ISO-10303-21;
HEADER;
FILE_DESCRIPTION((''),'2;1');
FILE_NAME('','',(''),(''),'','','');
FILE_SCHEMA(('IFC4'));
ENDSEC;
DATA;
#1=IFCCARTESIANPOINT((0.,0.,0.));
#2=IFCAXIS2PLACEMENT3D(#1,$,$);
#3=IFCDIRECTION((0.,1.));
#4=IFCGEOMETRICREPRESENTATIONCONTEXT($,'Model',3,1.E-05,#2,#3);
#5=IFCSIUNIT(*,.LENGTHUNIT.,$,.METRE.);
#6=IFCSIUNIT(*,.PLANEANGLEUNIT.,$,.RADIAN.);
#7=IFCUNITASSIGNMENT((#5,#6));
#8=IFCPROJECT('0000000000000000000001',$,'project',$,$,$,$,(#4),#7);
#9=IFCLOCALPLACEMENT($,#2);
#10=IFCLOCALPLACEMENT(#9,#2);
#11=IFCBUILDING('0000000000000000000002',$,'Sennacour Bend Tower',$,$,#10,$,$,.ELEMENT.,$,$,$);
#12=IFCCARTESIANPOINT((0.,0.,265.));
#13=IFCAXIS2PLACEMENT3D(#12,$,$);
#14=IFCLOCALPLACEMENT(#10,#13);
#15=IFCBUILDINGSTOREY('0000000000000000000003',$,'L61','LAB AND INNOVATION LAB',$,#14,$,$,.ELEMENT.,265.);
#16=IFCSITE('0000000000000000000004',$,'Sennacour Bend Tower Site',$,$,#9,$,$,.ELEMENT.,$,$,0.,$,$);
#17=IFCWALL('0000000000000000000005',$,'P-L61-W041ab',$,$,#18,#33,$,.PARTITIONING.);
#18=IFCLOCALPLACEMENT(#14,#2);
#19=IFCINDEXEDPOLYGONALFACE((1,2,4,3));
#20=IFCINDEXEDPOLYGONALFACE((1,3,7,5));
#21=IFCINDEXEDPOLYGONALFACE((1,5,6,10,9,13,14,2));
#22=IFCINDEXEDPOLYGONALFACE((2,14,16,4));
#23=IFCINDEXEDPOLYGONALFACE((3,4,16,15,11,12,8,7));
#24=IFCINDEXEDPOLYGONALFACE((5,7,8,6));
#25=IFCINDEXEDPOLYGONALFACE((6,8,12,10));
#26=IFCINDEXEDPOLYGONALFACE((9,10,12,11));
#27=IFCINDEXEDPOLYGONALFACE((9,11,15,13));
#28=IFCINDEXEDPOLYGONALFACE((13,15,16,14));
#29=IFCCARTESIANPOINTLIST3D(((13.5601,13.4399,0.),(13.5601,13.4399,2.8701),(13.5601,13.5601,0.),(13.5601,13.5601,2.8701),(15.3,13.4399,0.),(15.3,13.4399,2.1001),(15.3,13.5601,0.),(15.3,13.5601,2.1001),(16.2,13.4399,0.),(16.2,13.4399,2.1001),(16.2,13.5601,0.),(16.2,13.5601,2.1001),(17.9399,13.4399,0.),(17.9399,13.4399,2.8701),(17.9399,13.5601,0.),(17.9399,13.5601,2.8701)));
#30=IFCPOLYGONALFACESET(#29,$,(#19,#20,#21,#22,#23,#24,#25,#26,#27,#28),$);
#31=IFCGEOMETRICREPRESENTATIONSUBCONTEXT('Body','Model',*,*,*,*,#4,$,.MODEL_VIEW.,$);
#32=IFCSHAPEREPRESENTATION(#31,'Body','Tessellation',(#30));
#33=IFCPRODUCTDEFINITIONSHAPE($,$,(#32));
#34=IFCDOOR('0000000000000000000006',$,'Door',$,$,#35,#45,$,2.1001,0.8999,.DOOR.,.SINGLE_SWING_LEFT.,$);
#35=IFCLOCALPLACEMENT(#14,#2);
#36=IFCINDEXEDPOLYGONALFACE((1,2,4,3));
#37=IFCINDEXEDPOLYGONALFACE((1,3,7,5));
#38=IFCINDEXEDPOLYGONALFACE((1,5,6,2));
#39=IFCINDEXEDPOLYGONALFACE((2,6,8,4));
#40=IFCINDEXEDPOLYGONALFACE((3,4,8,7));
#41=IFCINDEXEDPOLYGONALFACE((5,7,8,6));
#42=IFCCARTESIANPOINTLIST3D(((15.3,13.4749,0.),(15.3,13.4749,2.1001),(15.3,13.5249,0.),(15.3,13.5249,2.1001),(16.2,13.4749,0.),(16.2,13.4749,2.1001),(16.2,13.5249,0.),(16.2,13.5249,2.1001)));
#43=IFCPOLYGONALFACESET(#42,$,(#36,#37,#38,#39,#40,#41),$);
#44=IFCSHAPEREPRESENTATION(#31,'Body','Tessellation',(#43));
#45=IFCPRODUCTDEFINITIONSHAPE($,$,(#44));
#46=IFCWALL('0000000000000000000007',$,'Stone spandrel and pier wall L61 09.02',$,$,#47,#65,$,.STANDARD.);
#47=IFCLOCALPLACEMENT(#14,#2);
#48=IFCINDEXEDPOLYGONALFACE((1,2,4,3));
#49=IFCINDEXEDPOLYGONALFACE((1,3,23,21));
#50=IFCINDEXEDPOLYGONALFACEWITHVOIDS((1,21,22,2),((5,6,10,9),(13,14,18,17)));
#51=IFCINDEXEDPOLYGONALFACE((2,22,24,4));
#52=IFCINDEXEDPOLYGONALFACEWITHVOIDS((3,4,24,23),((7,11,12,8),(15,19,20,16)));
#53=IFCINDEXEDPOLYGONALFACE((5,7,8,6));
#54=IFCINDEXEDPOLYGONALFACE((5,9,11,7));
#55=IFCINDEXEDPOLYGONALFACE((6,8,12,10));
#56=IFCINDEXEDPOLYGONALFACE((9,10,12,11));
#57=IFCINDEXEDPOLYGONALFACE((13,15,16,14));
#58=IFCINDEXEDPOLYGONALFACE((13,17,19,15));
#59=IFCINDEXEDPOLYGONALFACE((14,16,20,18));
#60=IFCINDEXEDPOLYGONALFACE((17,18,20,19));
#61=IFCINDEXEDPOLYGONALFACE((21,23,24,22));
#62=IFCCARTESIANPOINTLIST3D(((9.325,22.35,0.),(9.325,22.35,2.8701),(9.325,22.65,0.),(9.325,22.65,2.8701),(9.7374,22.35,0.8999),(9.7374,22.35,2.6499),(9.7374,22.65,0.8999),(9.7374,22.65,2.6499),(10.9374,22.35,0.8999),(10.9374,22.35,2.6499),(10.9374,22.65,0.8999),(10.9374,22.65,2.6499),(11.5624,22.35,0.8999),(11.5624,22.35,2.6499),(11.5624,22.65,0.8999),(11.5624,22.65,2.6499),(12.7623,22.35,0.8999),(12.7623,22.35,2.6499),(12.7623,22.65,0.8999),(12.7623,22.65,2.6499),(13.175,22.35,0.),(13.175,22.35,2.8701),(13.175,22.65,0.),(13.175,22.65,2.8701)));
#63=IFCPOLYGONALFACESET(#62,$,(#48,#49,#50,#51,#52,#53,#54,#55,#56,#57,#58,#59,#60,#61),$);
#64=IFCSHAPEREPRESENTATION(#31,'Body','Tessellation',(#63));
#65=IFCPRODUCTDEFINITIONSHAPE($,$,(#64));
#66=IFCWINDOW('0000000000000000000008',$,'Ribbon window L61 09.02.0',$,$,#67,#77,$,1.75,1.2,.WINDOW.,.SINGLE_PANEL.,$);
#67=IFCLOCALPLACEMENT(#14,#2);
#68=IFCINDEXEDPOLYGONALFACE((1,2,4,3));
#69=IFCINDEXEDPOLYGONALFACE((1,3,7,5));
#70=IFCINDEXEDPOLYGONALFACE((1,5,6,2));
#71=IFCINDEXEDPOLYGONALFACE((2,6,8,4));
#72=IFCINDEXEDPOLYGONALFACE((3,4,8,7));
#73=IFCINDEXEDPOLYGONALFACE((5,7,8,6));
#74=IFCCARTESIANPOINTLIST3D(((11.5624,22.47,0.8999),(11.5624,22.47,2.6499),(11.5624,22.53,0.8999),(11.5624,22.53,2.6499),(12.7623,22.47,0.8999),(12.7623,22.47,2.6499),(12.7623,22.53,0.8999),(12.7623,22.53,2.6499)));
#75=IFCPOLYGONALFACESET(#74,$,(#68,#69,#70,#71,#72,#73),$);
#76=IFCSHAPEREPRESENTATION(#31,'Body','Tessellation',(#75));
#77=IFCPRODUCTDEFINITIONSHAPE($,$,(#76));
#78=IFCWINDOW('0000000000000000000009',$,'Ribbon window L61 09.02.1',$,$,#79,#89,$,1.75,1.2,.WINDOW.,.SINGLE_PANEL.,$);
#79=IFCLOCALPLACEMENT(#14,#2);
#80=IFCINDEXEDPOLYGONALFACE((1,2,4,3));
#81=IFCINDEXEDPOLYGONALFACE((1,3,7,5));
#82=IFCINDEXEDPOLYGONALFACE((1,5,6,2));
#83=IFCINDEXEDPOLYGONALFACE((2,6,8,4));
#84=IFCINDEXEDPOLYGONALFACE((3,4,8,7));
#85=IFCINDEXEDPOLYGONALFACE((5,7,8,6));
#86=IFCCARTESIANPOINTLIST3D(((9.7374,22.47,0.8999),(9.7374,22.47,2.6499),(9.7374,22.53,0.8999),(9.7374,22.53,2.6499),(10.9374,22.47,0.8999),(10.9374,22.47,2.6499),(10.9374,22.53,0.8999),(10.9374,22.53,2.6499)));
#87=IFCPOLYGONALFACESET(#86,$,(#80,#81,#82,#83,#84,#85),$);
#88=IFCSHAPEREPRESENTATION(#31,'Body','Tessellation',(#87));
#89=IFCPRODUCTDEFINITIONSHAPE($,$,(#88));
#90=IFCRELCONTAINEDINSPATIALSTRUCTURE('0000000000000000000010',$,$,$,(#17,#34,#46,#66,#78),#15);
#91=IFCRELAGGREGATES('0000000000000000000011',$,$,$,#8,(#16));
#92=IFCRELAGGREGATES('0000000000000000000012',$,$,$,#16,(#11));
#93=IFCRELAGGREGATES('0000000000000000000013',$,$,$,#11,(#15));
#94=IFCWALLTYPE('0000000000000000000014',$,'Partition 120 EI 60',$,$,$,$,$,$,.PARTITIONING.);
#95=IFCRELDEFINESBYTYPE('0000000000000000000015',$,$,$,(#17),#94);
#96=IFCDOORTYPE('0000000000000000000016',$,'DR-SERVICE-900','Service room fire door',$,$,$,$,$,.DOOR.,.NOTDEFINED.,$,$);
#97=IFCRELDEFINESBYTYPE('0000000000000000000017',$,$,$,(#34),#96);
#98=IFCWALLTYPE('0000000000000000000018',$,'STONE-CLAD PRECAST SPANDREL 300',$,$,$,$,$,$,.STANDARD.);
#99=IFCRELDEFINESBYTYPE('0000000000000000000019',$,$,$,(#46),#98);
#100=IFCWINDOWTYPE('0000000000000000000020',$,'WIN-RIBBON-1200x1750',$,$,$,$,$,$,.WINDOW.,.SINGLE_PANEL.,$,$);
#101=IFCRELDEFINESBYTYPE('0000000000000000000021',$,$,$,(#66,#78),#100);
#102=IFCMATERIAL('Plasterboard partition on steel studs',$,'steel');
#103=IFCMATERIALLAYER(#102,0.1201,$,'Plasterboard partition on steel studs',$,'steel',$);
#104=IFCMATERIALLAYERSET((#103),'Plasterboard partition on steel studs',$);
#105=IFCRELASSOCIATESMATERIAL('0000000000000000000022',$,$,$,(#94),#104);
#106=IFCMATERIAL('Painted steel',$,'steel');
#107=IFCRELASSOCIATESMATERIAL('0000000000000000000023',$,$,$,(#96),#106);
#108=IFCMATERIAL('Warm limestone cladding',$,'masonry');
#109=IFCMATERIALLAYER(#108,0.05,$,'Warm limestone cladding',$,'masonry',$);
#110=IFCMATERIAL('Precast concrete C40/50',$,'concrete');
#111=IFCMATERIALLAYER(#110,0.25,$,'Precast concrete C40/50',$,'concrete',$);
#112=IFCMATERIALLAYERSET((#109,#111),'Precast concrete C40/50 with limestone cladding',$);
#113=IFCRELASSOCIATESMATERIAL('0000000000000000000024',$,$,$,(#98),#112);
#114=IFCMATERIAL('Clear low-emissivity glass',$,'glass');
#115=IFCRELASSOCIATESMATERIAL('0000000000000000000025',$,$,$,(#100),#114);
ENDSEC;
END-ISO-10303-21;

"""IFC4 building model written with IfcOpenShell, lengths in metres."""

from ifc_helpers import new_model, si_unit, direction, frame, frame_2d, origin, place, context, subcontext, project, spatial, rectangle, extrude, material, layer, layer_set, type_object, element, fill, save


model = new_model("IFC4")

# Units and contexts
model_context = context("Model", 3, precision=1e-05, world=origin(), true_north=direction((0.0, 1.0)))
body_context = subcontext(model_context, "Body", "Model", "MODEL_VIEW")
ifc_project = project(units=[si_unit("LENGTHUNIT", "METRE"), si_unit("PLANEANGLEUNIT", "RADIAN")], contexts=[model_context])

# Site, building, storey
site_placement = place(None, origin())
site = spatial("IfcSite", under=ifc_project, at=site_placement, Name="Sennacour Bend Tower Site", CompositionType="ELEMENT", RefElevation=0.0)
building_placement = place(site_placement, origin())
building = spatial("IfcBuilding", under=site, at=building_placement, Name="Sennacour Bend Tower", CompositionType="ELEMENT")
storey_placement = place(building_placement, frame((0.0, 0.0, 265.0)))
storey = spatial("IfcBuildingStorey", under=building, at=storey_placement, Name="L61", Description="LAB AND INNOVATION LAB", CompositionType="ELEMENT", Elevation=265.0)

# Shared definitions
ifc_material_1 = material(Name="Plasterboard partition on steel studs", Category="steel")

# Wall, opening, door
ifc_layer_1 = layer(ifc_material_1, 0.1201, Name="Plasterboard partition on steel studs", Category="steel")
ifc_layer_set_1 = layer_set([ifc_layer_1], Name="Plasterboard partition on steel studs")
wall_type_1 = type_object("IfcWallType", Name="Partition 120 EI 60", PredefinedType="PARTITIONING", material=ifc_layer_set_1)
ifc_material_2 = material(Name="Painted steel", Category="steel")
door_type_1 = type_object("IfcDoorType", Name="DR-SERVICE-900", Description="Service room fire door", OperationType="NOTDEFINED", PredefinedType="DOOR", material=ifc_material_2)
wall_1_placement = place(storey_placement, frame((13.5601, 13.5, 0.0), z_axis=(0.0, 0.0, 1.0), x_axis=(1.0, 0.0, 0.0)))
wall_1 = element("IfcWall", 1, at=wall_1_placement, inside=storey, type_object=wall_type_1, Name="P-L61-W041ab", PredefinedType="PARTITIONING", context=body_context, shape_type="SweptSolid", body=[
    extrude(rectangle(XDim=4.3799, YDim=0.1201, at=frame_2d((2.1899, 0.0))), origin(), (0.0, 0.0, 1.0), 2.8701),
])
opening_1_placement = place(wall_1_placement, frame((1.74, 0.0, 0.0)))
opening_1 = element("IfcOpeningElement", 2, at=opening_1_placement, cuts=wall_1, PredefinedType="OPENING", context=body_context, shape_type="SweptSolid", body=[
    extrude(rectangle(XDim=0.8999, YDim=2.1001, at=frame_2d((0.45, 1.05))), frame((0.0, 0.0701, 0.0), z_axis=(0.0, -1.0, 0.0), x_axis=(1.0, 0.0, 0.0)), (0.0, 0.0, 1.0), 0.1401),
])
door_1_placement = place(opening_1_placement, origin())
door_1 = element("IfcDoor", 3, at=door_1_placement, inside=storey, type_object=door_type_1, Name="Door", OperationType="SINGLE_SWING_LEFT", OverallHeight=2.1001, OverallWidth=0.8999, PredefinedType="DOOR", context=body_context, shape_type="SweptSolid", body=[
    extrude(rectangle(XDim=0.8999, YDim=2.1001, at=frame_2d((0.45, 1.05))), frame((0.0, 0.0249, 0.0), z_axis=(0.0, -1.0, 0.0), x_axis=(1.0, 0.0, 0.0)), (0.0, 0.0, 1.0), 0.05),
])
fill(opening_1, door_1)

# Wall, openings, windows
ifc_material_3 = material(Name="Warm limestone cladding", Category="masonry")
ifc_layer_2 = layer(ifc_material_3, 0.05, Name="Warm limestone cladding", Category="masonry")
ifc_material_4 = material(Name="Precast concrete C40/50", Category="concrete")
ifc_layer_3 = layer(ifc_material_4, 0.25, Name="Precast concrete C40/50", Category="concrete")
ifc_layer_set_2 = layer_set([ifc_layer_2, ifc_layer_3], Name="Precast concrete C40/50 with limestone cladding")
wall_type_2 = type_object("IfcWallType", Name="STONE-CLAD PRECAST SPANDREL 300", PredefinedType="STANDARD", material=ifc_layer_set_2)
wall_2_placement = place(storey_placement, frame((13.175, 22.5, 0.0), z_axis=(0.0, 0.0, 1.0), x_axis=(-1.0, 0.0, 0.0)))
wall_2 = element("IfcWall", 4, at=wall_2_placement, inside=storey, type_object=wall_type_2, Name="Stone spandrel and pier wall L61 09.02", PredefinedType="STANDARD", context=body_context, shape_type="SweptSolid", body=[
    extrude(rectangle(XDim=3.8501, YDim=0.3, at=frame_2d((1.925, 0.0))), origin(), (0.0, 0.0, 1.0), 2.8701),
])
opening_2_placement = place(wall_2_placement, frame((0.4126, 0.0, 0.8999)))
opening_2 = element("IfcOpeningElement", 5, at=opening_2_placement, cuts=wall_2, PredefinedType="OPENING", context=body_context, shape_type="SweptSolid", body=[
    extrude(rectangle(XDim=1.2, YDim=1.75, at=frame_2d((0.6001, 0.875))), frame((0.0, 0.1602, 0.0), z_axis=(0.0, -1.0, 0.0), x_axis=(1.0, 0.0, 0.0)), (0.0, 0.0, 1.0), 0.3201),
])
opening_3_placement = place(wall_2_placement, frame((2.2375, 0.0, 0.8999)))
opening_3 = element("IfcOpeningElement", 6, at=opening_3_placement, cuts=wall_2, PredefinedType="OPENING", context=body_context, shape_type="SweptSolid", body=[
    extrude(rectangle(XDim=1.2, YDim=1.75, at=frame_2d((0.6001, 0.875))), frame((0.0, 0.1602, 0.0), z_axis=(0.0, -1.0, 0.0), x_axis=(1.0, 0.0, 0.0)), (0.0, 0.0, 1.0), 0.3201),
])
ifc_material_5 = material(Name="Clear low-emissivity glass", Category="glass")
window_type = type_object("IfcWindowType", Name="WIN-RIBBON-1200x1750", PartitioningType="SINGLE_PANEL", PredefinedType="WINDOW", material=ifc_material_5)
window_1_placement = place(opening_2_placement, origin())
window_1 = element("IfcWindow", 7, at=window_1_placement, inside=storey, type_object=window_type, Name="Ribbon window L61 09.02.0", OverallHeight=1.75, OverallWidth=1.2, PartitioningType="SINGLE_PANEL", PredefinedType="WINDOW", context=body_context, shape_type="SweptSolid", body=[
    extrude(rectangle(XDim=1.2, YDim=1.75, at=frame_2d((0.6001, 0.875))), frame((0.0, 0.03, 0.0), z_axis=(0.0, -1.0, 0.0), x_axis=(1.0, 0.0, 0.0)), (0.0, 0.0, 1.0), 0.0601),
])
fill(opening_2, window_1)
window_2_placement = place(opening_3_placement, origin())
window_2 = element("IfcWindow", 8, at=window_2_placement, inside=storey, type_object=window_type, Name="Ribbon window L61 09.02.1", OverallHeight=1.75, OverallWidth=1.2, PartitioningType="SINGLE_PANEL", PredefinedType="WINDOW", context=body_context, shape_type="SweptSolid", body=[
    extrude(rectangle(XDim=1.2, YDim=1.75, at=frame_2d((0.6001, 0.875))), frame((0.0, 0.03, 0.0), z_axis=(0.0, -1.0, 0.0), x_axis=(1.0, 0.0, 0.0)), (0.0, 0.0, 1.0), 0.0601),
])
fill(opening_3, window_2)

save(model, "model.ifc")
